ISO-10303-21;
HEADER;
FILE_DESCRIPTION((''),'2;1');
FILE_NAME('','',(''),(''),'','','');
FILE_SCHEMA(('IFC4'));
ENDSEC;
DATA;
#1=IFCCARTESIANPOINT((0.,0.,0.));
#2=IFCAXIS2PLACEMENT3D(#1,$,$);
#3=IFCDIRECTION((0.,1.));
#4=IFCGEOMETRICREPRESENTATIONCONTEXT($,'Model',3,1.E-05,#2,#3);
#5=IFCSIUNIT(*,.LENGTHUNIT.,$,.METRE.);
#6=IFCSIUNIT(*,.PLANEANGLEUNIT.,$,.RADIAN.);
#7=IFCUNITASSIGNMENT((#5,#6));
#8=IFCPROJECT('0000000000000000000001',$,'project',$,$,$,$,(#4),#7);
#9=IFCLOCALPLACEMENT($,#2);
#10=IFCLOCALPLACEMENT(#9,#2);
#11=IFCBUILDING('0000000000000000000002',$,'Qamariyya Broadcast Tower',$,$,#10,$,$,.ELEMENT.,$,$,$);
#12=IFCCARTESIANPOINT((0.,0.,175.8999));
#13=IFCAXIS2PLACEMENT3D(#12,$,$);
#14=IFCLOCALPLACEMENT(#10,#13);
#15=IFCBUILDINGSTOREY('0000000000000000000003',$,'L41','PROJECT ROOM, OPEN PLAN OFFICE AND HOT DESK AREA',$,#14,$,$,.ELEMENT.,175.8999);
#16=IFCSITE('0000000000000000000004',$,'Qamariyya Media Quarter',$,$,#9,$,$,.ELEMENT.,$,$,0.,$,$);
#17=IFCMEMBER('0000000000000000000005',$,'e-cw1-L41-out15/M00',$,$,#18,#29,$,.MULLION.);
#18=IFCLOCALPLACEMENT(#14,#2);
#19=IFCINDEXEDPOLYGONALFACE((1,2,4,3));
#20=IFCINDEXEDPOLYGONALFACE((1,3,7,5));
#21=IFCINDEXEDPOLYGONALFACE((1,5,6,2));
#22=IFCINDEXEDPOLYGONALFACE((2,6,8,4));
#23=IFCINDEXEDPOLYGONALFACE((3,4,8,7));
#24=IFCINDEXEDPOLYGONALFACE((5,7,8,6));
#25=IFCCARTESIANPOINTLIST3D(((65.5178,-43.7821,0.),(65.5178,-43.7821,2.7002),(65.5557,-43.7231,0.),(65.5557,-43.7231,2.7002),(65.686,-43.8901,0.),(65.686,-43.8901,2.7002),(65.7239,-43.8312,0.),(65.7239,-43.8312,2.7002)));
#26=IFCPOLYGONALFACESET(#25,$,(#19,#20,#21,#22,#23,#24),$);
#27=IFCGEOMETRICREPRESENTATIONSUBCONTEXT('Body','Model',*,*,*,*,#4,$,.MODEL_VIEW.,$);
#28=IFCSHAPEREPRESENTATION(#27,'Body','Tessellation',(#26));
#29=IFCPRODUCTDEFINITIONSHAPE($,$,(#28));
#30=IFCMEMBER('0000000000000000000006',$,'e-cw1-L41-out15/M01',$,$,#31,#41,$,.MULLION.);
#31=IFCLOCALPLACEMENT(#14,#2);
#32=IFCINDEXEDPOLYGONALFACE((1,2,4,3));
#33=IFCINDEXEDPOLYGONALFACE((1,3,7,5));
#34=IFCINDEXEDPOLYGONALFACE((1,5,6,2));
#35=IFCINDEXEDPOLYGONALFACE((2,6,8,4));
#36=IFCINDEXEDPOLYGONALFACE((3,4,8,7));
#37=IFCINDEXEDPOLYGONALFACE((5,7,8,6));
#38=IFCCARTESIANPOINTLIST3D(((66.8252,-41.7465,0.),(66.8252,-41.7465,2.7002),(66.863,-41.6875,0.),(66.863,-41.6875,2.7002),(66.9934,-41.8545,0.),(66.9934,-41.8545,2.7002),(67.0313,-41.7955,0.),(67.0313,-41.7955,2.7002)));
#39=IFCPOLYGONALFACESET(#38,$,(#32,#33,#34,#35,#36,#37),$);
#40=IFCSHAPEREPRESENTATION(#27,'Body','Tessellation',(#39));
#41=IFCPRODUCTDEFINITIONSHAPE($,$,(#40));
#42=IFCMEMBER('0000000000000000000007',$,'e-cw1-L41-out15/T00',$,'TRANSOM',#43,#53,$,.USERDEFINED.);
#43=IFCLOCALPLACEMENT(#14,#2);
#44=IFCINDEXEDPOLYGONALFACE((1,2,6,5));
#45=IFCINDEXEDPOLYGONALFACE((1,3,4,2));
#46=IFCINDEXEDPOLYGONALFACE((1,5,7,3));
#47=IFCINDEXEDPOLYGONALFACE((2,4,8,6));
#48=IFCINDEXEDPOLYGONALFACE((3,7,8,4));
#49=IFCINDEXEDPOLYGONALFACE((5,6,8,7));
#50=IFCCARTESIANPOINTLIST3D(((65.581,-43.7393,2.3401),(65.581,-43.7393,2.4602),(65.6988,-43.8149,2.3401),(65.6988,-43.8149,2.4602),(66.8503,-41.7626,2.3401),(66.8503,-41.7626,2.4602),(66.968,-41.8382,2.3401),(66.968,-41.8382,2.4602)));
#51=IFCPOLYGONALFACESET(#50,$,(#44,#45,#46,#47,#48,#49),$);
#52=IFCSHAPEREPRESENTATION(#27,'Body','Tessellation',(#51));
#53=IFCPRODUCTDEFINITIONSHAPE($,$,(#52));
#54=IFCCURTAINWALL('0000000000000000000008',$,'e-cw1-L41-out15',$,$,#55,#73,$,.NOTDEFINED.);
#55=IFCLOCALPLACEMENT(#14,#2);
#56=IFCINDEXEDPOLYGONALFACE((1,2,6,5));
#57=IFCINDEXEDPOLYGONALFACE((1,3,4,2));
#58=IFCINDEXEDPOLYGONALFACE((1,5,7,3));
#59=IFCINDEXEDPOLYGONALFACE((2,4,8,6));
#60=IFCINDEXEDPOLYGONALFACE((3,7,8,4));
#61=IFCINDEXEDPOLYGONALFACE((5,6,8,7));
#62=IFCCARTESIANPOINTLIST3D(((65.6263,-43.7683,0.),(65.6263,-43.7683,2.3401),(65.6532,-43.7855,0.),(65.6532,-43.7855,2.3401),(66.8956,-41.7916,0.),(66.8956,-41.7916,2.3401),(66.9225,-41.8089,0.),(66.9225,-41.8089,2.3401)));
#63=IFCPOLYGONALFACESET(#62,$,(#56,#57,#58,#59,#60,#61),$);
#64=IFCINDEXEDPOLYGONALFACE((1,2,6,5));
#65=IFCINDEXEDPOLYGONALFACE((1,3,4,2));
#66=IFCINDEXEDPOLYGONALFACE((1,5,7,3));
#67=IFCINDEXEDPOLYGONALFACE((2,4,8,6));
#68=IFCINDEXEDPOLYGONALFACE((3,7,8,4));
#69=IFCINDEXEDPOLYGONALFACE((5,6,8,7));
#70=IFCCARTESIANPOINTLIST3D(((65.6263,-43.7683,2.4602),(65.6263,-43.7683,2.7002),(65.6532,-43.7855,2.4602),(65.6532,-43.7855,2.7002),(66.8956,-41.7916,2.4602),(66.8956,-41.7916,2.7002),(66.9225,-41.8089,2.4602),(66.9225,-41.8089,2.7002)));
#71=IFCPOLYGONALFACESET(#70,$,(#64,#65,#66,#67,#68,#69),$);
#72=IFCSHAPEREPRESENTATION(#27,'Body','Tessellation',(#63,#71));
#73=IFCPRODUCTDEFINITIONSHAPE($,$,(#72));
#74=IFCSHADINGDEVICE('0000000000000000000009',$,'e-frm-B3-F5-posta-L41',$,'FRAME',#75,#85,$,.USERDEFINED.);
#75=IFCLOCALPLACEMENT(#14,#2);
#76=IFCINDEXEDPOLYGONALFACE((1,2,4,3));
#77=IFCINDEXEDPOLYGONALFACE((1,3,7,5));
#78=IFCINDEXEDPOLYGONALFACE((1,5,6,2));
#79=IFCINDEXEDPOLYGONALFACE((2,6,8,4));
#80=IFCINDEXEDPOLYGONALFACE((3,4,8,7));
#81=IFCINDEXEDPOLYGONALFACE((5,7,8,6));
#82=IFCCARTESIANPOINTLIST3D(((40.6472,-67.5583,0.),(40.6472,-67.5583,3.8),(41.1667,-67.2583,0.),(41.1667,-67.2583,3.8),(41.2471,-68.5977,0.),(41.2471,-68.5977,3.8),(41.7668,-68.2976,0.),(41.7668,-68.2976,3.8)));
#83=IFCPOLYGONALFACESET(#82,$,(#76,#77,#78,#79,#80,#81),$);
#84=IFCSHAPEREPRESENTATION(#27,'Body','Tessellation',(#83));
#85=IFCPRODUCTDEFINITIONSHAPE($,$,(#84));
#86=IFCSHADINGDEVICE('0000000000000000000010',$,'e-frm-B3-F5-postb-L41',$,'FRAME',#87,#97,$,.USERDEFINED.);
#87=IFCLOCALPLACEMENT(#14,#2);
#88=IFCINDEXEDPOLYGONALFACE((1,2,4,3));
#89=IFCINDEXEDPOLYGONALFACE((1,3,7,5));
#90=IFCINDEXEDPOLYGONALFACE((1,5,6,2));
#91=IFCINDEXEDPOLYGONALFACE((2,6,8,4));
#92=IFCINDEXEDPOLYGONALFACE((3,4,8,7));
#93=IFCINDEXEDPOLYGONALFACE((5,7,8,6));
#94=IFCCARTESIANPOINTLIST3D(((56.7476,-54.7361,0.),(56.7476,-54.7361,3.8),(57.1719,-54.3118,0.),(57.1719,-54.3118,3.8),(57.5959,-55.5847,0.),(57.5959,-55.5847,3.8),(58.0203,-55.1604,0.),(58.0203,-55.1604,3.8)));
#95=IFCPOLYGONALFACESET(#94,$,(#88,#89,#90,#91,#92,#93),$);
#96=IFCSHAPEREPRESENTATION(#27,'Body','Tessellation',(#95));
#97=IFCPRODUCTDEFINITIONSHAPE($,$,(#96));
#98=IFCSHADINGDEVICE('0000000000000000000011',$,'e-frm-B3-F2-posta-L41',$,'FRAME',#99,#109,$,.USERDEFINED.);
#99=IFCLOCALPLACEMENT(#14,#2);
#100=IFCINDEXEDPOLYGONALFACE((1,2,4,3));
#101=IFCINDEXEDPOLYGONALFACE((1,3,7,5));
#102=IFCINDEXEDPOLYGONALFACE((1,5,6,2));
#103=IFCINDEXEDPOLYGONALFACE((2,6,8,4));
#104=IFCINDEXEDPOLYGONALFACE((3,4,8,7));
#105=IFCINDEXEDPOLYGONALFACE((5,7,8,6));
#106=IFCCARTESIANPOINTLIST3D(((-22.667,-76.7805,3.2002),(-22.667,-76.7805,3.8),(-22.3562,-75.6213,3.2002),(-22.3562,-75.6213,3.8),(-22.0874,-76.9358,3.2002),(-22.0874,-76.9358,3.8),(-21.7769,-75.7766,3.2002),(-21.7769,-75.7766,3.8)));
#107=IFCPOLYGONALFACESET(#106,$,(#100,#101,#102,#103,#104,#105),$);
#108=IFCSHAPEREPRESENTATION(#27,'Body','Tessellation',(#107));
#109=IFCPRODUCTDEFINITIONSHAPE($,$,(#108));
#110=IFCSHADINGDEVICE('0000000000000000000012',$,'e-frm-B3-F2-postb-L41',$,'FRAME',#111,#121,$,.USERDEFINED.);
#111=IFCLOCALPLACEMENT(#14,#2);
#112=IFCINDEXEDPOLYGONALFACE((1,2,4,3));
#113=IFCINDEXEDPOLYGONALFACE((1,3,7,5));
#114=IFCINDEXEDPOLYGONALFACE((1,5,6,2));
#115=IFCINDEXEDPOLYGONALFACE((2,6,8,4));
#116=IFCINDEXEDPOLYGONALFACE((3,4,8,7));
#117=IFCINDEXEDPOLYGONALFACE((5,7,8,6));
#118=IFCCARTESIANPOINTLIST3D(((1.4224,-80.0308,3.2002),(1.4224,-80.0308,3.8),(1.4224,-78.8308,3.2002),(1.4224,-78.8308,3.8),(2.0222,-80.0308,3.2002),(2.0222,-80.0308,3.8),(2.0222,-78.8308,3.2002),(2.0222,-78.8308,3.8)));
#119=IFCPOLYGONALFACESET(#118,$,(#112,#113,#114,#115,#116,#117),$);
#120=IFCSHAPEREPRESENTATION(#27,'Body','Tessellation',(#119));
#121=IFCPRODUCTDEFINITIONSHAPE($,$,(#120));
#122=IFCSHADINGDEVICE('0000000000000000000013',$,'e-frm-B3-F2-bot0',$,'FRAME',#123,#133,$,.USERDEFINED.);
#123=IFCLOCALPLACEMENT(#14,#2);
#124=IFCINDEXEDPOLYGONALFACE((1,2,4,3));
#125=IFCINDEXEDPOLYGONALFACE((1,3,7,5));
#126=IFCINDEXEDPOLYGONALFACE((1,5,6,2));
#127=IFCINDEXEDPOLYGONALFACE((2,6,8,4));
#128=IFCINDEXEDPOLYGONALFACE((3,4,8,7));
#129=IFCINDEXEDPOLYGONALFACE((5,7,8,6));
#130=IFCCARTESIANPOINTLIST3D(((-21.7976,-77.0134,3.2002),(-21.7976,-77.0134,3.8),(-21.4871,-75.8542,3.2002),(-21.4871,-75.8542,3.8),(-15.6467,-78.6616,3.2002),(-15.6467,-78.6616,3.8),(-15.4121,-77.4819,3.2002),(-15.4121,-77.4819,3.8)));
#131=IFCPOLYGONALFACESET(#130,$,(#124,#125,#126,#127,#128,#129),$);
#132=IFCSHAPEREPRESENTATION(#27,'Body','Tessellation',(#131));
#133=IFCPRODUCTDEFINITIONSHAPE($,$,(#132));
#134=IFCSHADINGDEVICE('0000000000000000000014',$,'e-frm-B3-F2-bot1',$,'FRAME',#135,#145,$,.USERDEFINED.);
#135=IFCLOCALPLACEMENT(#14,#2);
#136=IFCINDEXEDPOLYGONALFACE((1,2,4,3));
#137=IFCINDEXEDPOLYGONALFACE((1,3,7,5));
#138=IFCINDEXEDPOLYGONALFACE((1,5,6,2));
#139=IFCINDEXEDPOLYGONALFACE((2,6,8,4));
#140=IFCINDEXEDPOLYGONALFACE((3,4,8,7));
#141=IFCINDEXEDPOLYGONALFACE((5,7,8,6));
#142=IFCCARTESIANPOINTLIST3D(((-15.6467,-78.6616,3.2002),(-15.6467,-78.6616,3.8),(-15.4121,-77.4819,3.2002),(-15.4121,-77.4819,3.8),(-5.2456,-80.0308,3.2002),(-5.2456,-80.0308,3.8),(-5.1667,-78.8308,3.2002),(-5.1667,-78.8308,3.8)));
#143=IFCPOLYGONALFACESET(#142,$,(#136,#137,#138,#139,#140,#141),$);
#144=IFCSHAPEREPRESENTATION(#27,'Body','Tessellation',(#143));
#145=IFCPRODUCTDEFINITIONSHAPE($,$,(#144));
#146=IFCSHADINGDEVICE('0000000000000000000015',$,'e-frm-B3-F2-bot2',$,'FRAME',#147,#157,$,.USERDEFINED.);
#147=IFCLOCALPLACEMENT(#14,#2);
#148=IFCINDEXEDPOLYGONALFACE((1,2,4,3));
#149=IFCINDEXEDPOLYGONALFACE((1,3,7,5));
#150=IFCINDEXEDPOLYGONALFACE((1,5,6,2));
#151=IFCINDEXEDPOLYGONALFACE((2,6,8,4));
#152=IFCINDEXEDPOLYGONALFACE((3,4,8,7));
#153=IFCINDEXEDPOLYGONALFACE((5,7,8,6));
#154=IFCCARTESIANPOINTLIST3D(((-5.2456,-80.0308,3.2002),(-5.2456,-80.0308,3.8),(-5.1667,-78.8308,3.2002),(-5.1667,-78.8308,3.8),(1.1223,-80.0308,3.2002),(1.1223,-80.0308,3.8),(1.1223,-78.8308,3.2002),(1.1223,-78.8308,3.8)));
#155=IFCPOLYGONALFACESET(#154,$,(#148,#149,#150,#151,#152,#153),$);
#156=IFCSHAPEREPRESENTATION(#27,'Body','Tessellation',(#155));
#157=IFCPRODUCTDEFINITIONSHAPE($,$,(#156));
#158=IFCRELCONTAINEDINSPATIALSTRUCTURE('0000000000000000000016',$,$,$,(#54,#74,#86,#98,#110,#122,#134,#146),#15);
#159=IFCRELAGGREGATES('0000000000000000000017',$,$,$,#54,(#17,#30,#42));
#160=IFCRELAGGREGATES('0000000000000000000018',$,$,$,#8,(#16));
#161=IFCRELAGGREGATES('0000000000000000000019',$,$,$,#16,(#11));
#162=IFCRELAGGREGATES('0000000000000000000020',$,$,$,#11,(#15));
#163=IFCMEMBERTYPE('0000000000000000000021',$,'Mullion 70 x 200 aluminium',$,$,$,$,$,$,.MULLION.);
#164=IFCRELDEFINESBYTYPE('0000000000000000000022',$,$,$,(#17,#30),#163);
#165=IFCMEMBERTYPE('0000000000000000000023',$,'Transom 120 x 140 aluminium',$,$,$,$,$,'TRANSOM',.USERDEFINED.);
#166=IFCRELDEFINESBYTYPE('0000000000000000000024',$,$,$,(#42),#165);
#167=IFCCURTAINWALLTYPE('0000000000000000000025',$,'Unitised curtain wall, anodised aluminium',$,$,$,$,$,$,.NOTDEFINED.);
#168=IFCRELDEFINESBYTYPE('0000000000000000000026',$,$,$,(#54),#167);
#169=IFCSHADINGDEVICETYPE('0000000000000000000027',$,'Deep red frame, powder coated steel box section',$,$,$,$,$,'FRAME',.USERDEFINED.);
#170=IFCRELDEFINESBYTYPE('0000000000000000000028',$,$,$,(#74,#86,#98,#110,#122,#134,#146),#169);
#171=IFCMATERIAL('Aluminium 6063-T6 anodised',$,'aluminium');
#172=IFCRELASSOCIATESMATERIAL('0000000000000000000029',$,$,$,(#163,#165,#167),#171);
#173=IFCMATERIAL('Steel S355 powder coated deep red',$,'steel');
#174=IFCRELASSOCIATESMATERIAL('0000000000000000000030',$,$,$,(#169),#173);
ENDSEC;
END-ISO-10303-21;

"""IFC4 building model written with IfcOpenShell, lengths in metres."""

from ifc_helpers import new_model, si_unit, direction, frame, origin, origin_2d, place, context, subcontext, project, spatial, polyline, rectangle, outline, extrude, material, material_profile, profile_set, type_object, element, aggregate, save


model = new_model("IFC4")

# Units and contexts
model_context = context("Model", 3, precision=1e-05, world=origin(), true_north=direction((0.0, 1.0)))
body_context = subcontext(model_context, "Body", "Model", "MODEL_VIEW")
ifc_project = project(units=[si_unit("LENGTHUNIT", "METRE"), si_unit("PLANEANGLEUNIT", "RADIAN")], contexts=[model_context])

# Members
ifc_material_1 = material(Name="Aluminium 6063-T6 anodised", Category="aluminium")
ifc_material_profile_1 = material_profile(ifc_material_1, rectangle(XDim=0.2, YDim=0.0701, at=origin_2d()))
ifc_profile_set_1 = profile_set([ifc_material_profile_1], Name="Aluminium 6063-T6 anodised")
member_type_1 = type_object("IfcMemberType", Name="Mullion 70 x 200 aluminium", PredefinedType="MULLION", material=ifc_profile_set_1)
site_placement = place(None, origin())
building_placement = place(site_placement, origin())
storey_placement = place(building_placement, frame((0.0, 0.0, 175.8999)))
member_1_placement = place(storey_placement, frame((65.6208, -43.8066, 0.0), z_axis=(0.0, 0.0, 1.0), x_axis=(-0.841439, 0.540353, 0.0)))
member_1 = element("IfcMember", 1, at=member_1_placement, type_object=member_type_1, Name="e-cw1-L41-out15/M00", PredefinedType="MULLION", context=body_context, shape_type="SweptSolid", body=[
    extrude(rectangle(XDim=0.2, YDim=0.0701, at=origin_2d()), origin(), (0.0, 0.0, 1.0), 2.7002),
])
member_2_placement = place(storey_placement, frame((66.9282, -41.771, 0.0), z_axis=(0.0, 0.0, 1.0), x_axis=(-0.841439, 0.540353, 0.0)))
member_2 = element("IfcMember", 2, at=member_2_placement, type_object=member_type_1, Name="e-cw1-L41-out15/M01", PredefinedType="MULLION", context=body_context, shape_type="SweptSolid", body=[
    extrude(rectangle(XDim=0.2, YDim=0.0701, at=origin_2d()), origin(), (0.0, 0.0, 1.0), 2.7002),
])
ifc_material_profile_2 = material_profile(ifc_material_1, rectangle(XDim=0.1399, YDim=0.1201, at=origin_2d()))
ifc_profile_set_2 = profile_set([ifc_material_profile_2], Name="Aluminium 6063-T6 anodised")
member_type_2 = type_object("IfcMemberType", Name="Transom 120 x 140 aluminium", ElementType="TRANSOM", PredefinedType="USERDEFINED", material=ifc_profile_set_2)
member_3_placement = place(storey_placement, frame((65.6399, -43.7771, 2.4001), z_axis=(0.540301, 0.841472, 0.0), x_axis=(-0.841472, 0.540301, 0.0)))
member_3 = element("IfcMember", 3, at=member_3_placement, type_object=member_type_2, Name="e-cw1-L41-out15/T00", ObjectType="TRANSOM", PredefinedType="USERDEFINED", context=body_context, shape_type="SweptSolid", body=[
    extrude(rectangle(XDim=0.1399, YDim=0.1201, at=origin_2d()), origin(), (0.0, 0.0, 1.0), 2.3491),
])

# Site, building, storey
site = spatial("IfcSite", under=ifc_project, at=site_placement, Name="Qamariyya Media Quarter", CompositionType="ELEMENT", RefElevation=0.0)
building = spatial("IfcBuilding", under=site, at=building_placement, Name="Qamariyya Broadcast Tower", CompositionType="ELEMENT")
storey = spatial("IfcBuildingStorey", under=building, at=storey_placement, Name="L41", Description="PROJECT ROOM, OPEN PLAN OFFICE AND HOT DESK AREA", CompositionType="ELEMENT", Elevation=175.8999)

# Curtain wall
curtain_wall_type = type_object("IfcCurtainWallType", Name="Unitised curtain wall, anodised aluminium", PredefinedType="NOTDEFINED", material=ifc_material_1)
curtain_wall_placement = place(storey_placement, origin())
curtain_wall = element("IfcCurtainWall", 4, at=curtain_wall_placement, inside=storey, type_object=curtain_wall_type, Name="e-cw1-L41-out15", PredefinedType="NOTDEFINED", context=body_context, shape_type="SweptSolid", body=[
    extrude(rectangle(XDim=2.3491, YDim=0.032, at=origin_2d()), frame((66.2744, -42.7886, 0.0), x_axis=(0.540336, 0.841449, 0.0)), (0.0, 0.0, 1.0), 2.3401),
    extrude(rectangle(XDim=2.3491, YDim=0.032, at=origin_2d()), frame((66.2744, -42.7886, 2.4602), x_axis=(0.540336, 0.841449, 0.0)), (0.0, 0.0, 1.0), 0.24),
])
aggregate(curtain_wall, [member_1, member_2, member_3])

# Shading devices
ifc_material_2 = material(Name="Steel S355 powder coated deep red", Category="steel")
shading_device_type = type_object("IfcShadingDeviceType", Name="Deep red frame, powder coated steel box section", ElementType="FRAME", PredefinedType="USERDEFINED", material=ifc_material_2)
shading_device_1_placement = place(storey_placement, origin())
element("IfcShadingDevice", 5, at=shading_device_1_placement, inside=storey, type_object=shading_device_type, Name="e-frm-B3-F5-posta-L41", ObjectType="FRAME", PredefinedType="USERDEFINED", context=body_context, shape_type="SweptSolid", body=[
    extrude(outline(polyline([(40.6472, -67.5583), (41.2471, -68.5977), (41.7668, -68.2976), (41.1667, -67.2583), (40.6472, -67.5583)])), origin(), (0.0, 0.0, 1.0), 3.8),
])
shading_device_2_placement = place(storey_placement, origin())
element("IfcShadingDevice", 6, at=shading_device_2_placement, inside=storey, type_object=shading_device_type, Name="e-frm-B3-F5-postb-L41", ObjectType="FRAME", PredefinedType="USERDEFINED", context=body_context, shape_type="SweptSolid", body=[
    extrude(outline(polyline([(56.7476, -54.7361), (57.5959, -55.5847), (58.0203, -55.1604), (57.1719, -54.3118), (56.7476, -54.7361)])), origin(), (0.0, 0.0, 1.0), 3.8),
])
shading_device_3_placement = place(storey_placement, frame((0.0, 0.0, 3.2002)))
element("IfcShadingDevice", 7, at=shading_device_3_placement, inside=storey, type_object=shading_device_type, Name="e-frm-B3-F2-posta-L41", ObjectType="FRAME", PredefinedType="USERDEFINED", context=body_context, shape_type="SweptSolid", body=[
    extrude(outline(polyline([(-22.3562, -75.6213), (-22.667, -76.7805), (-22.0874, -76.9358), (-21.7769, -75.7766), (-22.3562, -75.6213)])), origin(), (0.0, 0.0, 1.0), 0.5999),
])
shading_device_4_placement = place(storey_placement, frame((0.0, 0.0, 3.2002)))
element("IfcShadingDevice", 8, at=shading_device_4_placement, inside=storey, type_object=shading_device_type, Name="e-frm-B3-F2-postb-L41", ObjectType="FRAME", PredefinedType="USERDEFINED", context=body_context, shape_type="SweptSolid", body=[
    extrude(outline(polyline([(1.4224, -78.8308), (1.4224, -80.0308), (2.0222, -80.0308), (2.0222, -78.8308), (1.4224, -78.8308)])), origin(), (0.0, 0.0, 1.0), 0.5999),
])
shading_device_5_placement = place(storey_placement, frame((0.0, 0.0, 3.2002)))
element("IfcShadingDevice", 9, at=shading_device_5_placement, inside=storey, type_object=shading_device_type, Name="e-frm-B3-F2-bot0", ObjectType="FRAME", PredefinedType="USERDEFINED", context=body_context, shape_type="SweptSolid", body=[
    extrude(outline(polyline([(-21.4871, -75.8542), (-21.7976, -77.0134), (-15.6467, -78.6616), (-15.4121, -77.4819), (-21.4871, -75.8542)])), origin(), (0.0, 0.0, 1.0), 0.5999),
])
shading_device_6_placement = place(storey_placement, frame((0.0, 0.0, 3.2002)))
element("IfcShadingDevice", 10, at=shading_device_6_placement, inside=storey, type_object=shading_device_type, Name="e-frm-B3-F2-bot1", ObjectType="FRAME", PredefinedType="USERDEFINED", context=body_context, shape_type="SweptSolid", body=[
    extrude(outline(polyline([(-15.4121, -77.4819), (-15.6467, -78.6616), (-5.2456, -80.0308), (-5.1667, -78.8308), (-15.4121, -77.4819)])), origin(), (0.0, 0.0, 1.0), 0.5999),
])
shading_device_7_placement = place(storey_placement, frame((0.0, 0.0, 3.2002)))
element("IfcShadingDevice", 11, at=shading_device_7_placement, inside=storey, type_object=shading_device_type, Name="e-frm-B3-F2-bot2", ObjectType="FRAME", PredefinedType="USERDEFINED", context=body_context, shape_type="SweptSolid", body=[
    extrude(outline(polyline([(-5.1667, -78.8308), (-5.2456, -80.0308), (1.1223, -80.0308), (1.1223, -78.8308), (-5.1667, -78.8308)])), origin(), (0.0, 0.0, 1.0), 0.5999),
])

save(model, "model.ifc")
